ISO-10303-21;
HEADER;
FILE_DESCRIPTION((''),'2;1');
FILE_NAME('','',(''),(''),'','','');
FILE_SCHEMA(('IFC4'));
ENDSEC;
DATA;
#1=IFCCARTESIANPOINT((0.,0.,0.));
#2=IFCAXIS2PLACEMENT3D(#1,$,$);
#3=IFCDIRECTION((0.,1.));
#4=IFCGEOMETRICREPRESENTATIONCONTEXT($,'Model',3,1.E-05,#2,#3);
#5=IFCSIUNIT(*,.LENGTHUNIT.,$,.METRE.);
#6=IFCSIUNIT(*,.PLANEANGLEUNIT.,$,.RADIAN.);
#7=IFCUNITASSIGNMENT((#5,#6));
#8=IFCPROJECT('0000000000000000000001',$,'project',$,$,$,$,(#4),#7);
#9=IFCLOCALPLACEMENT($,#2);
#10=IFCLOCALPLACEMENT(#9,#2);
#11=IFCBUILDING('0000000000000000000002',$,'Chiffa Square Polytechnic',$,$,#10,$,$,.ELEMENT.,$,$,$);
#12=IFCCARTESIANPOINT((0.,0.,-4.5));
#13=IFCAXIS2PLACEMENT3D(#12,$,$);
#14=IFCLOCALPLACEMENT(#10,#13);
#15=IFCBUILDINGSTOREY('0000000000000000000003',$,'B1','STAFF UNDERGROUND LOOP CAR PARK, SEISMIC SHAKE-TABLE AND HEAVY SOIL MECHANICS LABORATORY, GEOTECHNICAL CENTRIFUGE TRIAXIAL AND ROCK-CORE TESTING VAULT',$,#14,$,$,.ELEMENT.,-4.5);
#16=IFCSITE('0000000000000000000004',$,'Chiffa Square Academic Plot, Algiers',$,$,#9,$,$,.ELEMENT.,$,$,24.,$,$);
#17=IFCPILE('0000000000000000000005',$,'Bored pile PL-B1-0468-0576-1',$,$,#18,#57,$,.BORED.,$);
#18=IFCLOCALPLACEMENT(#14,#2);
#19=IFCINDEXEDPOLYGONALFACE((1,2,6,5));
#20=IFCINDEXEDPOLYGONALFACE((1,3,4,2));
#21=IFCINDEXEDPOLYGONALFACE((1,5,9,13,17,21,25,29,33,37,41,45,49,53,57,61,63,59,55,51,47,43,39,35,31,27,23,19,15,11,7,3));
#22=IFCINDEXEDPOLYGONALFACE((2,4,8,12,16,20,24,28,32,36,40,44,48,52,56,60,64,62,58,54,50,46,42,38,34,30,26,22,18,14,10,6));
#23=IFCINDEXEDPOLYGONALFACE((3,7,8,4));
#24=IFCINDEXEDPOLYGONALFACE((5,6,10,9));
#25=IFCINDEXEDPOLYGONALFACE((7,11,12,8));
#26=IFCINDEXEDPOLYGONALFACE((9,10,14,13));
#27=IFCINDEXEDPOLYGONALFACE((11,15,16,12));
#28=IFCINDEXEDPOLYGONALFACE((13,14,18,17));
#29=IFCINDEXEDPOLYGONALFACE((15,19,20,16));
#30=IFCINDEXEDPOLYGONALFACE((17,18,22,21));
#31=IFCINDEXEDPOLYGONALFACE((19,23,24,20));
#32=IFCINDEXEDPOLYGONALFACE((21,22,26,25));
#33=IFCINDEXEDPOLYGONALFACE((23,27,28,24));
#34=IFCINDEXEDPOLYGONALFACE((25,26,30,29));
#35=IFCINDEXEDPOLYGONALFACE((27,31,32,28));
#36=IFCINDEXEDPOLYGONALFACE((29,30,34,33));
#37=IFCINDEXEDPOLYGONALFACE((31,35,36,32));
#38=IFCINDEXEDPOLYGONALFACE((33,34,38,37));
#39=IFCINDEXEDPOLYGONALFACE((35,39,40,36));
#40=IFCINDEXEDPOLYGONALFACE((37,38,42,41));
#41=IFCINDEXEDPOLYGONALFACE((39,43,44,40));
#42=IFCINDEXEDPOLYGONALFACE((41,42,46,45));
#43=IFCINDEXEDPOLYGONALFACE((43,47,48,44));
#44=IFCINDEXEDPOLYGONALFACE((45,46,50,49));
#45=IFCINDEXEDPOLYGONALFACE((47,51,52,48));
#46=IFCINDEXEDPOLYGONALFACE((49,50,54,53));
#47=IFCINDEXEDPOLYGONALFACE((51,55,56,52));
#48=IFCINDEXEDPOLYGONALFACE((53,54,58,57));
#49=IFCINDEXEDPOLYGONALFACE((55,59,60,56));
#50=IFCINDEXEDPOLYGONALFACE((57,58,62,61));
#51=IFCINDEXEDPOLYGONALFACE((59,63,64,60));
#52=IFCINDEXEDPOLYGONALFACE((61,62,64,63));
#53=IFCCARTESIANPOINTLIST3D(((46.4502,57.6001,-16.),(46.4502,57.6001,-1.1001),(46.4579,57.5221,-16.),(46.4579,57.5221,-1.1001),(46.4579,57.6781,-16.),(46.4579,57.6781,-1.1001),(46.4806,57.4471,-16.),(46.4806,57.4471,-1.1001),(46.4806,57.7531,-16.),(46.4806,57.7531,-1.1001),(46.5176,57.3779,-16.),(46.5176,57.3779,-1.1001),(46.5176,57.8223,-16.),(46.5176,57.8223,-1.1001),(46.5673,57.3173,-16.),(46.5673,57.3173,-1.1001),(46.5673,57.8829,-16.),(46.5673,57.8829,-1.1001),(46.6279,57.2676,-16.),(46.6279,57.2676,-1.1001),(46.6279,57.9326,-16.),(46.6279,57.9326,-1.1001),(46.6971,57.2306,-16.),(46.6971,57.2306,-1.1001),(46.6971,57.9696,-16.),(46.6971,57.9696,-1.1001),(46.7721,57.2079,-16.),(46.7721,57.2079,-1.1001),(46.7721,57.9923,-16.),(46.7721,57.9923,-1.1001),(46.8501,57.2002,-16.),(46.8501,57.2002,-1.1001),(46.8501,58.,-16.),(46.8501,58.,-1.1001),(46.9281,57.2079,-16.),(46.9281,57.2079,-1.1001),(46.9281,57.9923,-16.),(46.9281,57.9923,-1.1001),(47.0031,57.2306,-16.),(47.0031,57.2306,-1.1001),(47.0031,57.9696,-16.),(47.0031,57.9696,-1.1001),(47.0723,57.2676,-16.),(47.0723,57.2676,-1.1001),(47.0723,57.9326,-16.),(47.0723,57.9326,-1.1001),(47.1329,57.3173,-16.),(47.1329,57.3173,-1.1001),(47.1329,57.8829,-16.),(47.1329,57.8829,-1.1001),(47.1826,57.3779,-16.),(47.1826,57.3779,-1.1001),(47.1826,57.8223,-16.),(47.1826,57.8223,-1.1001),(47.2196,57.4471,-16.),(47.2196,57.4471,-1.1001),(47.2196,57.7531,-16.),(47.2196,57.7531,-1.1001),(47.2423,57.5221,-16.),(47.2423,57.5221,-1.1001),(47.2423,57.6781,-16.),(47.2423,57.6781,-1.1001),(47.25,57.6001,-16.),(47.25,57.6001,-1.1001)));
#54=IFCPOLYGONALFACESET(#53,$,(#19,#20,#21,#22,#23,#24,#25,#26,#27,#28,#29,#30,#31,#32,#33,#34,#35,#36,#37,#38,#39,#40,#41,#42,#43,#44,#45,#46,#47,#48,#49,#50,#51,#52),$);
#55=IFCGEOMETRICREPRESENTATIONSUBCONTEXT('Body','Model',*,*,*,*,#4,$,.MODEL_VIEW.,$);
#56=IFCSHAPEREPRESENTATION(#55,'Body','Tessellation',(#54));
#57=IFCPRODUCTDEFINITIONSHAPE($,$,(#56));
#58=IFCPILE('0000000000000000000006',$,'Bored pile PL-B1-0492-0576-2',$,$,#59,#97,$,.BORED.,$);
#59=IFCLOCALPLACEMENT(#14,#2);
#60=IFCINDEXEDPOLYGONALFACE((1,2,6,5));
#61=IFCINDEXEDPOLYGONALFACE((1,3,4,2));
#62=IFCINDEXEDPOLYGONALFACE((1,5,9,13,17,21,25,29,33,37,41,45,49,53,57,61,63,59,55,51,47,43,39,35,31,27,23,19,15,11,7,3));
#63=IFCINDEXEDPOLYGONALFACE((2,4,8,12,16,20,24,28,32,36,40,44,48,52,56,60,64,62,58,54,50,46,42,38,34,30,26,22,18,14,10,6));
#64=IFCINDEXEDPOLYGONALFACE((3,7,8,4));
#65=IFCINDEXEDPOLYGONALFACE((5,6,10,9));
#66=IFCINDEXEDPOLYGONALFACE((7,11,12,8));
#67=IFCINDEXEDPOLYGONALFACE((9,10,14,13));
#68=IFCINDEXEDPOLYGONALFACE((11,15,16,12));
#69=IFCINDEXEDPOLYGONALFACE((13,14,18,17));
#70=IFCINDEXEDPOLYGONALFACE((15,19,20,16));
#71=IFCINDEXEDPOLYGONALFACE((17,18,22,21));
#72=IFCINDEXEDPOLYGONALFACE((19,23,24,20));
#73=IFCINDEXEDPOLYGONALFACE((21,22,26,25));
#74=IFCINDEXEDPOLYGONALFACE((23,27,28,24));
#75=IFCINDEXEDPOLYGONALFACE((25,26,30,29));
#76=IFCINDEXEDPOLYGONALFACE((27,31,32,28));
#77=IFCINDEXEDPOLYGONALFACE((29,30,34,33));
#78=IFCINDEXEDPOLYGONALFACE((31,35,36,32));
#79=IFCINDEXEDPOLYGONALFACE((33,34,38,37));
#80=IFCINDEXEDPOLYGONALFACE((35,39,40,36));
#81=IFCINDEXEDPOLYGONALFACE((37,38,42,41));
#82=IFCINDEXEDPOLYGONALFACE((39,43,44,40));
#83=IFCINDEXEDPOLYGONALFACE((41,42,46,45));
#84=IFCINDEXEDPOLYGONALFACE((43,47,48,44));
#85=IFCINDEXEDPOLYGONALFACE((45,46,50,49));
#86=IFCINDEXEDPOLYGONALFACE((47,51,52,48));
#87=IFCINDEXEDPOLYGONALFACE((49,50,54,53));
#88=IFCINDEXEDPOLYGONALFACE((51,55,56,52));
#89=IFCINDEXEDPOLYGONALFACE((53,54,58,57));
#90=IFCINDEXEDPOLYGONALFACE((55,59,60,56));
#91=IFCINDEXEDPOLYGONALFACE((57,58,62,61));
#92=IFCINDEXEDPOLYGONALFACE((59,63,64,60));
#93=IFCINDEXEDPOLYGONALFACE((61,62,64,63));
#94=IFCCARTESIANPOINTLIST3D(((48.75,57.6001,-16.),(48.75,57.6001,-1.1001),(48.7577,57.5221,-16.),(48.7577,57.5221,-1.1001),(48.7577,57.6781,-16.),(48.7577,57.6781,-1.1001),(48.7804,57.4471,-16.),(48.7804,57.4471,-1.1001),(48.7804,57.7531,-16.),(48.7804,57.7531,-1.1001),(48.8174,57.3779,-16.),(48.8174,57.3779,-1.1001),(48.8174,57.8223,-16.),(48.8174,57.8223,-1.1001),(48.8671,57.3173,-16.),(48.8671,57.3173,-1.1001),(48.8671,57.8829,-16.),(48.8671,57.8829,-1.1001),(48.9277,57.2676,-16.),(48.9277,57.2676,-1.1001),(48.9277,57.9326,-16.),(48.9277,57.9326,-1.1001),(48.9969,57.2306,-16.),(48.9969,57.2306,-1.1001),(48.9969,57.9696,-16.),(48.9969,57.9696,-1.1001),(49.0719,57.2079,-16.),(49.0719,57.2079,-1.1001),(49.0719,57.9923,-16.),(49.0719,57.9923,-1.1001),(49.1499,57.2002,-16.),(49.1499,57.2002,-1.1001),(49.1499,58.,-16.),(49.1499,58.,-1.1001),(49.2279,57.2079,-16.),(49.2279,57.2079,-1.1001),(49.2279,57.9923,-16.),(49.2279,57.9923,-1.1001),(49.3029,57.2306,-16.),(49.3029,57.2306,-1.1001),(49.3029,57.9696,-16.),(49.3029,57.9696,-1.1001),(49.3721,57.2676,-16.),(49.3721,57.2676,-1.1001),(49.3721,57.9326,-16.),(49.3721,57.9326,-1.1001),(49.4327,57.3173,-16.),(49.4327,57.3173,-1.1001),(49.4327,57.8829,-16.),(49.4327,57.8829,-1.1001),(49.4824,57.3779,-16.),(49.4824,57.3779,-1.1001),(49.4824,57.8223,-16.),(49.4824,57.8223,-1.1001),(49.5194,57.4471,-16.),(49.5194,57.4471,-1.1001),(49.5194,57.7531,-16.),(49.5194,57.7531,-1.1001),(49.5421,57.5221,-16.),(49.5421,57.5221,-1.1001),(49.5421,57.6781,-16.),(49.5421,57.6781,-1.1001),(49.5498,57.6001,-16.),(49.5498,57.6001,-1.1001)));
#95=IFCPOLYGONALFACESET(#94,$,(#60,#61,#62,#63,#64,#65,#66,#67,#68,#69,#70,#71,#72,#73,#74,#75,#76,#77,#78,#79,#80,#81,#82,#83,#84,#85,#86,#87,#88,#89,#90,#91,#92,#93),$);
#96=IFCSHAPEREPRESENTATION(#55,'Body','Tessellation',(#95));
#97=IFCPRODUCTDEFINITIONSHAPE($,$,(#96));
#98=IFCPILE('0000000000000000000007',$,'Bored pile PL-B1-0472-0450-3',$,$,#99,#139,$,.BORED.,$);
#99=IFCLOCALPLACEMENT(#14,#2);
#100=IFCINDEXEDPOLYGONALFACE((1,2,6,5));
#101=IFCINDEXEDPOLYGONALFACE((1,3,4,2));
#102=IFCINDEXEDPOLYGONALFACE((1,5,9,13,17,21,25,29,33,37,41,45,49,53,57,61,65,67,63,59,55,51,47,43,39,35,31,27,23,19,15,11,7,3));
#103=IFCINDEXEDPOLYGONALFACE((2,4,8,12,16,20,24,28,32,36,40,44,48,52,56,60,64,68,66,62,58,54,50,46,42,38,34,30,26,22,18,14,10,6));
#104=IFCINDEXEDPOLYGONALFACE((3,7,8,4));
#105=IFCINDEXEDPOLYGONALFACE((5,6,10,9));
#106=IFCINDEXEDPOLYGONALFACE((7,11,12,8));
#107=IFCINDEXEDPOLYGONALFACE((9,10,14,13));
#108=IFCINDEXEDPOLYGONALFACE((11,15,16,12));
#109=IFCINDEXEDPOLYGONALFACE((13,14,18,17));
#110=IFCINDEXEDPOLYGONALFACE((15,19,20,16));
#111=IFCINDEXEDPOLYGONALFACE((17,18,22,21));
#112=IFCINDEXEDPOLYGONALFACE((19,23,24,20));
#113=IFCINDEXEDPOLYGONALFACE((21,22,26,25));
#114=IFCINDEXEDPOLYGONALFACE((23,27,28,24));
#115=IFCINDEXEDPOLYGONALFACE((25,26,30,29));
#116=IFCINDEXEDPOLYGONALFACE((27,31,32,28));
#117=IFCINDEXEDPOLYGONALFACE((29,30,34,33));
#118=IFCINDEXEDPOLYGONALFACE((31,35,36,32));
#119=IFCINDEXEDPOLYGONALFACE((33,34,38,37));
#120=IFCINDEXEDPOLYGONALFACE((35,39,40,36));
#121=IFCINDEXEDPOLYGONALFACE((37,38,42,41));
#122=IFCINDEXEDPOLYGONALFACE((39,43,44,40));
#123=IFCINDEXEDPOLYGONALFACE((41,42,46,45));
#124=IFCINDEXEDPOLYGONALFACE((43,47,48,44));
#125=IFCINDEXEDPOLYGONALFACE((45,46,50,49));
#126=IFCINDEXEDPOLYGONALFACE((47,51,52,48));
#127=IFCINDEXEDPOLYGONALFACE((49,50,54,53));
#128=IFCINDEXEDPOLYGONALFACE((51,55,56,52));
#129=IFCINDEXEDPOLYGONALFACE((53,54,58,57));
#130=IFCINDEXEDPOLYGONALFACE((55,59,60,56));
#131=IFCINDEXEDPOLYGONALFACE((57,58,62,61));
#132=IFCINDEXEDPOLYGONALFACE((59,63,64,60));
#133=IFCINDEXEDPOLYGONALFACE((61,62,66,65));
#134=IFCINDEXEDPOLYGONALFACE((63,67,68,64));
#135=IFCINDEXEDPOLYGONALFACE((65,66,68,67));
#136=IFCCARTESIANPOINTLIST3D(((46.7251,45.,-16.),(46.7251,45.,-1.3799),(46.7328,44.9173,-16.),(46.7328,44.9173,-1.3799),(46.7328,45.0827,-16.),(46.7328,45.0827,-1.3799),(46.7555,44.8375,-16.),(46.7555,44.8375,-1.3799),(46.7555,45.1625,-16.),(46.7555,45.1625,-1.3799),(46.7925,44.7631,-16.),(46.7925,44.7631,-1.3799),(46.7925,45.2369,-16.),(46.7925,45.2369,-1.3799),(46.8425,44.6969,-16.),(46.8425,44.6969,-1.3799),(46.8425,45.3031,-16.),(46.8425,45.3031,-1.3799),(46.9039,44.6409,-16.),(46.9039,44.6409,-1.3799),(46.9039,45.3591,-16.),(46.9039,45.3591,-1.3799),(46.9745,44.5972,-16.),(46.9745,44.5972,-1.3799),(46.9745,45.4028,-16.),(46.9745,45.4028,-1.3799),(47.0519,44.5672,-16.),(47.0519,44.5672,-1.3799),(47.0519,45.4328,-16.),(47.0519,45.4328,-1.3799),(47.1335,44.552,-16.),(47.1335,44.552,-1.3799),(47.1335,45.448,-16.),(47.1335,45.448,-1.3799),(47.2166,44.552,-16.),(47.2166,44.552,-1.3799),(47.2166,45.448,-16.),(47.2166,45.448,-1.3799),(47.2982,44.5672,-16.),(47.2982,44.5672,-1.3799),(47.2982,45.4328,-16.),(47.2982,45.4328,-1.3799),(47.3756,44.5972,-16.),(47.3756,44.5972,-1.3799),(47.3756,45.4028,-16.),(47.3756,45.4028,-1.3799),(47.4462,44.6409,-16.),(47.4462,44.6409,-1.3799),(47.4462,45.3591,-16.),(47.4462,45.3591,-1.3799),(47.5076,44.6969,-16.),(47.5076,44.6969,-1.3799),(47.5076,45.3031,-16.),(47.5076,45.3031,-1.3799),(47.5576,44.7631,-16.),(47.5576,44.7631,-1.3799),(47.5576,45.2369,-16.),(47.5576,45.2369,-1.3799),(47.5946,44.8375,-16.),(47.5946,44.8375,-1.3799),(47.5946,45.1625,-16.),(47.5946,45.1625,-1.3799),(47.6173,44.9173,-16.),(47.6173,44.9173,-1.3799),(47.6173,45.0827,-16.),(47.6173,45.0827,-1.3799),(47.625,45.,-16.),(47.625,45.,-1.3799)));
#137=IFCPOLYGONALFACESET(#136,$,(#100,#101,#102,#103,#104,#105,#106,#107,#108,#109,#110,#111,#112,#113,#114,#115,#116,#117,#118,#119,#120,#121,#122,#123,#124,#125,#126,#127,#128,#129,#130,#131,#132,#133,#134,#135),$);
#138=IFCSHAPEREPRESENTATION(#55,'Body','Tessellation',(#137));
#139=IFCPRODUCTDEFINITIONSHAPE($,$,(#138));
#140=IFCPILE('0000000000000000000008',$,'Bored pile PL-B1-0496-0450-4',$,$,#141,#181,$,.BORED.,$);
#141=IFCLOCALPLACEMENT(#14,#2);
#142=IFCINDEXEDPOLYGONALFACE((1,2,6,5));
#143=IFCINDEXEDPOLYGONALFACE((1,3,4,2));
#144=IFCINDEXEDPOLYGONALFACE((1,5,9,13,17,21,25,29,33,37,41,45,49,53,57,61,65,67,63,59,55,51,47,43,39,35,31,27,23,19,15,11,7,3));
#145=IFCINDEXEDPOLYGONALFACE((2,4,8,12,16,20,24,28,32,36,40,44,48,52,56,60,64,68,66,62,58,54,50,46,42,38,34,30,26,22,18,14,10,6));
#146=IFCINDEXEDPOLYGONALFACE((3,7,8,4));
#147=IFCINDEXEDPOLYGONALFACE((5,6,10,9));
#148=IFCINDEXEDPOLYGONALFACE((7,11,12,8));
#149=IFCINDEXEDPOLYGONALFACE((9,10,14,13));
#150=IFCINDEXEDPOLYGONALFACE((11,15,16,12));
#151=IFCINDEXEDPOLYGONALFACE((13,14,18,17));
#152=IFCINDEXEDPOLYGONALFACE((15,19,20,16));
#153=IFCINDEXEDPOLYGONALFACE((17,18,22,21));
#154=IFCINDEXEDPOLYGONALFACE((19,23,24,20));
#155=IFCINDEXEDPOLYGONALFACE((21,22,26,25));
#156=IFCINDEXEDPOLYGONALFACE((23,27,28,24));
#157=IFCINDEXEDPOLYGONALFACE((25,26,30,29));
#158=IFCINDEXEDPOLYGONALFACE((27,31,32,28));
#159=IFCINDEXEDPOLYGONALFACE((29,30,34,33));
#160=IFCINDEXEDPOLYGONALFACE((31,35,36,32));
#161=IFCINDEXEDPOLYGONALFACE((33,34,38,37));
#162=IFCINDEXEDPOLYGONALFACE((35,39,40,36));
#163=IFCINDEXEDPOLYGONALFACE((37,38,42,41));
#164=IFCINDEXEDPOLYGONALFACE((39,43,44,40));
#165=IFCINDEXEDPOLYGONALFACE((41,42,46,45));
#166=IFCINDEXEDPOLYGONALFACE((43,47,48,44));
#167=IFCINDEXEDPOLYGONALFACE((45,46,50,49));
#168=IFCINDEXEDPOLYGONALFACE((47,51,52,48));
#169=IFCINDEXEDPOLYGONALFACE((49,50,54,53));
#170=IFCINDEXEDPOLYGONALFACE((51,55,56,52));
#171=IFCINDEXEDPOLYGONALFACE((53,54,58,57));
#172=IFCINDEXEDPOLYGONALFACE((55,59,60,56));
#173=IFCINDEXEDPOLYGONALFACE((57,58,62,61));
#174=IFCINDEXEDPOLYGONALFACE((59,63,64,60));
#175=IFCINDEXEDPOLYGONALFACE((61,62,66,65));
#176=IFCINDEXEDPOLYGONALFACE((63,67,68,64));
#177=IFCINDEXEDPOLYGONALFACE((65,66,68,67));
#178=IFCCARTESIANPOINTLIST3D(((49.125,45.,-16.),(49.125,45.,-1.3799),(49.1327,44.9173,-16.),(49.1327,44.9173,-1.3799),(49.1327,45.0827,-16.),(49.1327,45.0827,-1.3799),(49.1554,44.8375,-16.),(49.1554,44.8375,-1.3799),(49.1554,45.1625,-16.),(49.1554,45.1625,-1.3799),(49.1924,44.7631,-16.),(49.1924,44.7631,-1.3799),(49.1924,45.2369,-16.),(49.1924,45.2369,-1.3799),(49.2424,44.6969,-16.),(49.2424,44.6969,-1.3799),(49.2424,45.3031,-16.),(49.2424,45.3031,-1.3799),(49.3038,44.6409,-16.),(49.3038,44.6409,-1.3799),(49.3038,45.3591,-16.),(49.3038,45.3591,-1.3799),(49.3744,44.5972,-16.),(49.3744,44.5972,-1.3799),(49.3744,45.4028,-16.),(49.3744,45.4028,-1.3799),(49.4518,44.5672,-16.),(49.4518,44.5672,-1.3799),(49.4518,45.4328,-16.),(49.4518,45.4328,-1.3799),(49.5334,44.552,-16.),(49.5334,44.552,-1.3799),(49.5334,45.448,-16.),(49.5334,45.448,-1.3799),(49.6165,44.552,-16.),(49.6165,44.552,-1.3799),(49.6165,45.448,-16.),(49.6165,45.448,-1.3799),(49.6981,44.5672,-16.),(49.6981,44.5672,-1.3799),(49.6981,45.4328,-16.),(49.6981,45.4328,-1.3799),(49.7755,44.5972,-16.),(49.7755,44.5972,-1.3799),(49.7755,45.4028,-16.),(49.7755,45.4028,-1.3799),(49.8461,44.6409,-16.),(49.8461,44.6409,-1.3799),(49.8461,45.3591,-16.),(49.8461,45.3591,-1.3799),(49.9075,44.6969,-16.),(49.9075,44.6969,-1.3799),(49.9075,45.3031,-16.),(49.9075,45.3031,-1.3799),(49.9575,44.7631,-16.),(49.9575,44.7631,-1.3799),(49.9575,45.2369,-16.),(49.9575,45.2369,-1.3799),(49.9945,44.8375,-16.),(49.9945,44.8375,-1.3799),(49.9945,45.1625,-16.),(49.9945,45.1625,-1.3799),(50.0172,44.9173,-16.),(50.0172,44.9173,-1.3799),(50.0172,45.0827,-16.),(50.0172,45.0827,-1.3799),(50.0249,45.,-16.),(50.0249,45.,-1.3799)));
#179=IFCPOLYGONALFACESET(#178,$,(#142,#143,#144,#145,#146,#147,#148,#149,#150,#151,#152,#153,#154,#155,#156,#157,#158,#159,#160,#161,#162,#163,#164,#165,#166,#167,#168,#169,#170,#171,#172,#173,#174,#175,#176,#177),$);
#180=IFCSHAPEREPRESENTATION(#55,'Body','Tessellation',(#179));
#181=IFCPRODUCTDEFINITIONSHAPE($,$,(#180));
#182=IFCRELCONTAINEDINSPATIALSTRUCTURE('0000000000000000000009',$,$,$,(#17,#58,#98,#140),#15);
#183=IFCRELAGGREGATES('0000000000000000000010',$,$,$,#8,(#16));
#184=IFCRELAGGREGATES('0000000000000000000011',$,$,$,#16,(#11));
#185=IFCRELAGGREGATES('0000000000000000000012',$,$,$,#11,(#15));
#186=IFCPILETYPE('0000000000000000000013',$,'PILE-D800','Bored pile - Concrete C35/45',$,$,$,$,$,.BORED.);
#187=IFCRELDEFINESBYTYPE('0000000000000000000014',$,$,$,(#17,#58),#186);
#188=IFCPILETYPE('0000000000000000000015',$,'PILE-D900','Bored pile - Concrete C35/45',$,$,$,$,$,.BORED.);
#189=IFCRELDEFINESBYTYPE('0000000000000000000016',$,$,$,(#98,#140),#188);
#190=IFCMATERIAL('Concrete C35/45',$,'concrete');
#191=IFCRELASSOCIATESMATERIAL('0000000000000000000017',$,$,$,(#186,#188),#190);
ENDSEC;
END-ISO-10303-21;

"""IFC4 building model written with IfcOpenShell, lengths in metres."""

from ifc_helpers import new_model, si_unit, direction, frame, origin, origin_2d, place, context, subcontext, project, spatial, circle, extrude, material, material_profile, profile_set, type_object, element, save


model = new_model("IFC4")

# Units and contexts
model_context = context("Model", 3, precision=1e-05, world=origin(), true_north=direction((0.0, 1.0)))
body_context = subcontext(model_context, "Body", "Model", "MODEL_VIEW")
ifc_project = project(units=[si_unit("LENGTHUNIT", "METRE"), si_unit("PLANEANGLEUNIT", "RADIAN")], contexts=[model_context])

# Site, building, storey
site_placement = place(None, origin())
site = spatial("IfcSite", under=ifc_project, at=site_placement, Name="Chiffa Square Academic Plot, Algiers", CompositionType="ELEMENT", RefElevation=24.0)
building_placement = place(site_placement, origin())
building = spatial("IfcBuilding", under=site, at=building_placement, Name="Chiffa Square Polytechnic", CompositionType="ELEMENT")
storey_placement = place(building_placement, frame((0.0, 0.0, -4.5)))
storey = spatial("IfcBuildingStorey", under=building, at=storey_placement, Name="B1", Description="STAFF UNDERGROUND LOOP CAR PARK, SEISMIC SHAKE-TABLE AND HEAVY SOIL MECHANICS LABORATORY, GEOTECHNICAL CENTRIFUGE TRIAXIAL AND ROCK-CORE TESTING VAULT", CompositionType="ELEMENT", Elevation=-4.5)

# Shared definitions
ifc_material = material(Name="Concrete C35/45", Category="concrete")

# Piles
ifc_material_profile_1 = material_profile(ifc_material, circle(Radius=0.3999, at=origin_2d()), Name="PILE D800")
ifc_profile_set_1 = profile_set([ifc_material_profile_1], Name="Concrete C35/45")
pile_type_1 = type_object("IfcPileType", Name="PILE-D800", Description="Bored pile - Concrete C35/45", PredefinedType="BORED", material=ifc_profile_set_1)
for number, where, z_axis, x_axis, name in (
    (1, (46.8501, 57.6001, -1.1001), (0.0, 0.0, -1.0), (1.0, 0.0, 0.0), "Bored pile PL-B1-0468-0576-1"),
    (2, (49.1499, 57.6001, -1.1001), (0.0, 0.0, -1.0), (1.0, 0.0, 0.0), "Bored pile PL-B1-0492-0576-2"),
):
    element("IfcPile", number, at=place(storey_placement, frame(where, z_axis=z_axis, x_axis=x_axis)), inside=storey, type_object=pile_type_1, Name=name, PredefinedType="BORED", context=body_context, shape_type="SweptSolid", body=[
        extrude(circle(Radius=0.3999, at=origin_2d()), origin(), (0.0, 0.0, 1.0), 14.8999),
    ])
ifc_material_profile_2 = material_profile(ifc_material, circle(Radius=0.45, at=origin_2d()), Name="PILE D900")
ifc_profile_set_2 = profile_set([ifc_material_profile_2], Name="Concrete C35/45")
pile_type_2 = type_object("IfcPileType", Name="PILE-D900", Description="Bored pile - Concrete C35/45", PredefinedType="BORED", material=ifc_profile_set_2)
for number, where, z_axis, x_axis, name in (
    (3, (47.175, 45.0, -1.3799), (0.0, 0.0, -1.0), (1.0, 0.0, 0.0), "Bored pile PL-B1-0472-0450-3"),
    (4, (49.575, 45.0, -1.3799), (0.0, 0.0, -1.0), (1.0, 0.0, 0.0), "Bored pile PL-B1-0496-0450-4"),
):
    element("IfcPile", number, at=place(storey_placement, frame(where, z_axis=z_axis, x_axis=x_axis)), inside=storey, type_object=pile_type_2, Name=name, PredefinedType="BORED", context=body_context, shape_type="SweptSolid", body=[
        extrude(circle(Radius=0.45, at=origin_2d()), origin(), (0.0, 0.0, 1.0), 14.6201),
    ])

save(model, "model.ifc")
